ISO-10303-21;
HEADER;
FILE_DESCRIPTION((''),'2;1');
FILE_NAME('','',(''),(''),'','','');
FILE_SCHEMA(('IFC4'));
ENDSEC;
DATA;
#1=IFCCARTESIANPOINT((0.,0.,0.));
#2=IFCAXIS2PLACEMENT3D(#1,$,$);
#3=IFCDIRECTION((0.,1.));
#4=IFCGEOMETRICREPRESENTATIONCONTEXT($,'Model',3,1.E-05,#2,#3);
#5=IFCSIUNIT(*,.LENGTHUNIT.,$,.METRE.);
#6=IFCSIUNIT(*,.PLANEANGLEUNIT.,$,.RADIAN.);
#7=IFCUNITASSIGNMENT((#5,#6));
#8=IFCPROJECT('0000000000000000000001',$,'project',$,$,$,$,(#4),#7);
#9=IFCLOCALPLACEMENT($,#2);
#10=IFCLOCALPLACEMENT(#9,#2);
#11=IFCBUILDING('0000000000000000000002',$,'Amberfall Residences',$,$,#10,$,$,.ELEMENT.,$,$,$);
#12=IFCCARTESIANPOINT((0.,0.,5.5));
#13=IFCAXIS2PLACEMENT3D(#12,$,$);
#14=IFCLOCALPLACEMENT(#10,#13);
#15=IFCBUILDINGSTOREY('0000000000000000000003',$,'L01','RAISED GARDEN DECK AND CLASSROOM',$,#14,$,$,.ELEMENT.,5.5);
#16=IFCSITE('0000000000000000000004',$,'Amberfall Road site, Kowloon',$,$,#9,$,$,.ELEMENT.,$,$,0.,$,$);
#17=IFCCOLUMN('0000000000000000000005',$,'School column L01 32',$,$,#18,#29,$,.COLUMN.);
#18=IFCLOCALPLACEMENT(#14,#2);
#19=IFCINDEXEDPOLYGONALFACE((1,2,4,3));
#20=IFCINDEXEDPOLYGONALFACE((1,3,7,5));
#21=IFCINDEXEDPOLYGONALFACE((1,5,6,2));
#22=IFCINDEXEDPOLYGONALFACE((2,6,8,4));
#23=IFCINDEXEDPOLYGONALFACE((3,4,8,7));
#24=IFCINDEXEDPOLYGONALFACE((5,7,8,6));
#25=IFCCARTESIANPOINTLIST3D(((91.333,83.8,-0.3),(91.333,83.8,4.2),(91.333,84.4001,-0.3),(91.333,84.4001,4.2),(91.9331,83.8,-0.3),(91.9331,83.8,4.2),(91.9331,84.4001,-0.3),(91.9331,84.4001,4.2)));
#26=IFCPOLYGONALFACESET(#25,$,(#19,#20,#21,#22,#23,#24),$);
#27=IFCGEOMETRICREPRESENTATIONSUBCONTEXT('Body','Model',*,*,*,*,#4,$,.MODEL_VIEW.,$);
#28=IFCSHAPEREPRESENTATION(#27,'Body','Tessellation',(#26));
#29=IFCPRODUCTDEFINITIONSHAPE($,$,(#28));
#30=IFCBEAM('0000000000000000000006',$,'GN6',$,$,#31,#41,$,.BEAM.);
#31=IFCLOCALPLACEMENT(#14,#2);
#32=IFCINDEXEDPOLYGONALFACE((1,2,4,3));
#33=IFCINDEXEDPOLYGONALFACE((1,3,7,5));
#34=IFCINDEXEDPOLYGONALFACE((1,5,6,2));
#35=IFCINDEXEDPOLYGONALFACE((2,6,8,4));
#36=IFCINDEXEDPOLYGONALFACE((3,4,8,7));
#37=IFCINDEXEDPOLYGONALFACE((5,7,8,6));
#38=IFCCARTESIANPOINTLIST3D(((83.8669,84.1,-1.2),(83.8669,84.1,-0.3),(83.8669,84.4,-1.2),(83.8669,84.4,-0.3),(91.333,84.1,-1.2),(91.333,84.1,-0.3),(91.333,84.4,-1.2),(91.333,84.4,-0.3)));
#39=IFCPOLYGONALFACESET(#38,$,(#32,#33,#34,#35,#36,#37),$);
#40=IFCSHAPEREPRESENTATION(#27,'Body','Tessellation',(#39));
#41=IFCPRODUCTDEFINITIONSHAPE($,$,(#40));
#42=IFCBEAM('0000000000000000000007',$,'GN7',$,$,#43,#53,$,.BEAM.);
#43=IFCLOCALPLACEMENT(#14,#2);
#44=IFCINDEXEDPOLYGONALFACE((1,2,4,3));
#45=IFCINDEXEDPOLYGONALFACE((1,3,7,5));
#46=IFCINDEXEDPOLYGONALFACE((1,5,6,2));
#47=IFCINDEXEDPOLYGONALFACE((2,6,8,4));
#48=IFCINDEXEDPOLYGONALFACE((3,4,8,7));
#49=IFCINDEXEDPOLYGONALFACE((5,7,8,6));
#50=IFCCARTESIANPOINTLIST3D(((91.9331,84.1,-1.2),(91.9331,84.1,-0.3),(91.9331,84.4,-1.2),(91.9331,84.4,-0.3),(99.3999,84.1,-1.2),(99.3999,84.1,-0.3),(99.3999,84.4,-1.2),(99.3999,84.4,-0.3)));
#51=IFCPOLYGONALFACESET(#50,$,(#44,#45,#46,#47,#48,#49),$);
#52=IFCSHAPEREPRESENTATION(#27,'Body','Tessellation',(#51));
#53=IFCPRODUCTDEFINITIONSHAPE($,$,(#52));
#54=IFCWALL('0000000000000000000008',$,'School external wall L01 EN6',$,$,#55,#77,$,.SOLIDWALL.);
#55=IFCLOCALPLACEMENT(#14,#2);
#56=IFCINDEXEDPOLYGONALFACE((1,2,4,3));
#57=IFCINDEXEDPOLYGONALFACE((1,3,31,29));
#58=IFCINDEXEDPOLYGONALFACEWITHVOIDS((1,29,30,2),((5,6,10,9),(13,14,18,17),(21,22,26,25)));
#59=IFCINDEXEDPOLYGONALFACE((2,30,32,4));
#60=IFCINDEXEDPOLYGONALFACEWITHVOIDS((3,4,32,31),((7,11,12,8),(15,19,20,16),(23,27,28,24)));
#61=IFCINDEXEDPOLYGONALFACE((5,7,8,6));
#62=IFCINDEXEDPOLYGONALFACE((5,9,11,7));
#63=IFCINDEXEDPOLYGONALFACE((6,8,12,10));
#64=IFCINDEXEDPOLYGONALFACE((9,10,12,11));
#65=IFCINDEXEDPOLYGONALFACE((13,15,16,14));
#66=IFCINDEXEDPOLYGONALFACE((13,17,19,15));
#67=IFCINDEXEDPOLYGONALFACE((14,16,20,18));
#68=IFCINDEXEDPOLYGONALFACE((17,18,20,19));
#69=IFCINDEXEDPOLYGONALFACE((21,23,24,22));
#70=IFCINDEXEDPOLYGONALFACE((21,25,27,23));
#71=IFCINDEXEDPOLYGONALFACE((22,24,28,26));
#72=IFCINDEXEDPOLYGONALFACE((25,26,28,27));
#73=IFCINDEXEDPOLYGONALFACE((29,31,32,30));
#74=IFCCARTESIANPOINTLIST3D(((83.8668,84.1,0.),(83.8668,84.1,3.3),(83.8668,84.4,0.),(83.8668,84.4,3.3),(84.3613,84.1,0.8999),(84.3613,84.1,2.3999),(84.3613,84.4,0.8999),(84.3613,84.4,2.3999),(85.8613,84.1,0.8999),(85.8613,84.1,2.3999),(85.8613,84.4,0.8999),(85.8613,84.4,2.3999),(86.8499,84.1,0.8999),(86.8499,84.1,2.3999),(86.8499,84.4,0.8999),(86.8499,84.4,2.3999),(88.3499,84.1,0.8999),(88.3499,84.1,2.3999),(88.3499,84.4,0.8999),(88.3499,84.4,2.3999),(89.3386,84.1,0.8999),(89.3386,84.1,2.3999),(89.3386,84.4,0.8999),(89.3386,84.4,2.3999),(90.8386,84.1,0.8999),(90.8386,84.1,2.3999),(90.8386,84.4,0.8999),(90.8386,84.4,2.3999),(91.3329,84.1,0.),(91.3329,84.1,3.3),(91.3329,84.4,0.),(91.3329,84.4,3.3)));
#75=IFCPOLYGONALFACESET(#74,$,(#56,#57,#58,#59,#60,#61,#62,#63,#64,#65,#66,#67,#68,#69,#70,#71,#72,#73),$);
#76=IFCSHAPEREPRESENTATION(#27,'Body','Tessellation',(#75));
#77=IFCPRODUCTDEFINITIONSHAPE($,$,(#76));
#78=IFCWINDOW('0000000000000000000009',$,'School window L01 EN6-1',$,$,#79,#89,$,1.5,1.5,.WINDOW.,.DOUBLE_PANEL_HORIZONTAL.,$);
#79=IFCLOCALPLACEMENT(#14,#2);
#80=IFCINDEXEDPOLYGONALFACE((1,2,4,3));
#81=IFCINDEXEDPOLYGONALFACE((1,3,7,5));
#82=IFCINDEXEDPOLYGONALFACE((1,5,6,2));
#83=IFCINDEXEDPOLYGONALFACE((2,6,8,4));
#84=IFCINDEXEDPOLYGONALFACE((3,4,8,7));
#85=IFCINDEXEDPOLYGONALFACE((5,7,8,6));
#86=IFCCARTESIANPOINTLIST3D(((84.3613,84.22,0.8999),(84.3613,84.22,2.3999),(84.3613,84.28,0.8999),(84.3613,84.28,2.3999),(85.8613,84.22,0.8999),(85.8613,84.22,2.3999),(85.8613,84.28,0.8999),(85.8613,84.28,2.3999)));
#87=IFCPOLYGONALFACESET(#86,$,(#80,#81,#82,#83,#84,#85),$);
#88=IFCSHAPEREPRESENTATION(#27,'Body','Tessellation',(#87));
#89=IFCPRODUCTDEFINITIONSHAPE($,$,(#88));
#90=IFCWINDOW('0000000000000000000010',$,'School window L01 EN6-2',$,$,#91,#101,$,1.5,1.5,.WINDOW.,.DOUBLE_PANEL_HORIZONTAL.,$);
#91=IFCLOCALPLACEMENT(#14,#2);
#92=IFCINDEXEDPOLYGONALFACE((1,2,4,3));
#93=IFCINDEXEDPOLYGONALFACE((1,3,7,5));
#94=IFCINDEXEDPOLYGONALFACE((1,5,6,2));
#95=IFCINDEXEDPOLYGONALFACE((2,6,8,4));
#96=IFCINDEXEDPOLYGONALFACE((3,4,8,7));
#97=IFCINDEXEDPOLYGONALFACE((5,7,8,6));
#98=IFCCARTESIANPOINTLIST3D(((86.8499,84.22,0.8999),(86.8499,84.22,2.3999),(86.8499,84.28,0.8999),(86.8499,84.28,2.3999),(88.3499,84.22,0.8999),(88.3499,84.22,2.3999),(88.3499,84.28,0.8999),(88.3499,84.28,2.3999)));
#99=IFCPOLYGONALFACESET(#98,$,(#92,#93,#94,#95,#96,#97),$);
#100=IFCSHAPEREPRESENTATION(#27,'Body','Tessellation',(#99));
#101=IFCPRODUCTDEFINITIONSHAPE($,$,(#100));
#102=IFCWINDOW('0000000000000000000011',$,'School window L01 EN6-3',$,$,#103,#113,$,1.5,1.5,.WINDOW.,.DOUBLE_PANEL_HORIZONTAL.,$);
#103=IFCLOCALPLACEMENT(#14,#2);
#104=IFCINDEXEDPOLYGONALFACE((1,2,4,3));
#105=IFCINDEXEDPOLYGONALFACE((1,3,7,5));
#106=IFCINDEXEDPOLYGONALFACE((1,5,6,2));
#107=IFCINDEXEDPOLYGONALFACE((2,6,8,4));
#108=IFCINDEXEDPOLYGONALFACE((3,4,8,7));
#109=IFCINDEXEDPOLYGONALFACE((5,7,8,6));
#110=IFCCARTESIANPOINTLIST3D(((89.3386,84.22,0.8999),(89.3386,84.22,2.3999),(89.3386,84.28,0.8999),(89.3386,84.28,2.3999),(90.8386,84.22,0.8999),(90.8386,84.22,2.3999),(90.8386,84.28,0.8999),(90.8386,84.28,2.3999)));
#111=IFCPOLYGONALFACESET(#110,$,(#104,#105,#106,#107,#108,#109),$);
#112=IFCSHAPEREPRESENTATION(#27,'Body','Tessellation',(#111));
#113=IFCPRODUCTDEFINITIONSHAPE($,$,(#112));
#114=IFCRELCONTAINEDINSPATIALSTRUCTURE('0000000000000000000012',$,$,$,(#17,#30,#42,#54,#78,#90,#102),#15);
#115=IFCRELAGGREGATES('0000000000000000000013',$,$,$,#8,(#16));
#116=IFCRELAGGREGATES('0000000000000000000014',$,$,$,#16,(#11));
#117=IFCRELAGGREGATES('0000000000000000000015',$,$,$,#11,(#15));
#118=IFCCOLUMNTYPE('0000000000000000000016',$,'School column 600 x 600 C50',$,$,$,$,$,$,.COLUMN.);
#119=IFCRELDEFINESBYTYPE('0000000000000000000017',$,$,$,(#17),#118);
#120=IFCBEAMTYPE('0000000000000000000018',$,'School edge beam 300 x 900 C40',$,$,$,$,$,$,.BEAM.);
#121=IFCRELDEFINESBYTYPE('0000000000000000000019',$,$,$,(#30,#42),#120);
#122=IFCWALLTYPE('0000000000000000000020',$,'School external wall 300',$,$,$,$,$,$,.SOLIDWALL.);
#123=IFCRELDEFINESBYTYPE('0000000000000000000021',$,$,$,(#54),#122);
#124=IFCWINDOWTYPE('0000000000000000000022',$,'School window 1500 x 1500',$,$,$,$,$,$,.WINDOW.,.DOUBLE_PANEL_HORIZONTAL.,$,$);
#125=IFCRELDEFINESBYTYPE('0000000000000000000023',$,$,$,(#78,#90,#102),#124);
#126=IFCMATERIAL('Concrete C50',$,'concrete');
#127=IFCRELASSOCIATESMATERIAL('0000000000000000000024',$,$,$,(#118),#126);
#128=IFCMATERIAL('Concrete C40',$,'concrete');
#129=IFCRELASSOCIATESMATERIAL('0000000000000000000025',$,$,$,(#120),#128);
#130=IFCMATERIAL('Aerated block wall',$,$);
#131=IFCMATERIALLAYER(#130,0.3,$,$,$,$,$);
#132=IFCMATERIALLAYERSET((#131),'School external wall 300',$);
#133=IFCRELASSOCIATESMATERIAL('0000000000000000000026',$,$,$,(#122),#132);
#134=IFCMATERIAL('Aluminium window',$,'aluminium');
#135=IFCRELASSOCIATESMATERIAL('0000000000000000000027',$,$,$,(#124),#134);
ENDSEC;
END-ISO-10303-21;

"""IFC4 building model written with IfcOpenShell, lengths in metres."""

from ifc_helpers import new_model, si_unit, direction, frame, frame_2d, origin, origin_2d, place, context, subcontext, project, spatial, rectangle, extrude, material, layer, layer_set, material_profile, profile_set, type_object, element, fill, save


model = new_model("IFC4")

# Units and contexts
model_context = context("Model", 3, precision=1e-05, world=origin(), true_north=direction((0.0, 1.0)))
body_context = subcontext(model_context, "Body", "Model", "MODEL_VIEW")
ifc_project = project(units=[si_unit("LENGTHUNIT", "METRE"), si_unit("PLANEANGLEUNIT", "RADIAN")], contexts=[model_context])

# Site, building, storey
site_placement = place(None, origin())
site = spatial("IfcSite", under=ifc_project, at=site_placement, Name="Amberfall Road site, Kowloon", CompositionType="ELEMENT", RefElevation=0.0)
building_placement = place(site_placement, origin())
building = spatial("IfcBuilding", under=site, at=building_placement, Name="Amberfall Residences", CompositionType="ELEMENT")
storey_placement = place(building_placement, frame((0.0, 0.0, 5.5)))
storey = spatial("IfcBuildingStorey", under=building, at=storey_placement, Name="L01", Description="RAISED GARDEN DECK AND CLASSROOM", CompositionType="ELEMENT", Elevation=5.5)

# Column
ifc_material_1 = material(Name="Concrete C50", Category="concrete")
ifc_material_profile_1 = material_profile(ifc_material_1, rectangle(XDim=0.6001, YDim=0.6001, at=origin_2d()), Name="School column 600 x 600 C50")
ifc_profile_set_1 = profile_set([ifc_material_profile_1], Name="Concrete C50")
column_type = type_object("IfcColumnType", Name="School column 600 x 600 C50", PredefinedType="COLUMN", material=ifc_profile_set_1)
column_placement = place(storey_placement, frame((91.6331, 84.1001, -0.3), z_axis=(0.0, 0.0, 1.0), x_axis=(1.0, 0.0, 0.0)))
element("IfcColumn", 1, at=column_placement, inside=storey, type_object=column_type, Name="School column L01 32", PredefinedType="COLUMN", context=body_context, shape_type="SweptSolid", body=[
    extrude(rectangle(XDim=0.6001, YDim=0.6001, at=origin_2d()), origin(), (0.0, 0.0, 1.0), 4.5),
])

# Beams
ifc_material_2 = material(Name="Concrete C40", Category="concrete")
ifc_material_profile_2 = material_profile(ifc_material_2, rectangle(XDim=0.3, YDim=0.8999, at=origin_2d()), Name="School edge beam 300 x 900 C40")
ifc_profile_set_2 = profile_set([ifc_material_profile_2], Name="Concrete C40")
beam_type = type_object("IfcBeamType", Name="School edge beam 300 x 900 C40", PredefinedType="BEAM", material=ifc_profile_set_2)
beam_1_placement = place(storey_placement, frame((83.8669, 84.25, -0.75), z_axis=(1.0, 0.0, 0.0), x_axis=(0.0, 1.0, 0.0)))
element("IfcBeam", 2, at=beam_1_placement, inside=storey, type_object=beam_type, Name="GN6", PredefinedType="BEAM", context=body_context, shape_type="SweptSolid", body=[
    extrude(rectangle(XDim=0.3, YDim=0.8999, at=origin_2d()), origin(), (0.0, 0.0, 1.0), 7.4661),
])
beam_2_placement = place(storey_placement, frame((91.9331, 84.25, -0.75), z_axis=(1.0, 0.0, 0.0), x_axis=(0.0, 1.0, 0.0)))
element("IfcBeam", 3, at=beam_2_placement, inside=storey, type_object=beam_type, Name="GN7", PredefinedType="BEAM", context=body_context, shape_type="SweptSolid", body=[
    extrude(rectangle(XDim=0.3, YDim=0.8999, at=origin_2d()), origin(), (0.0, 0.0, 1.0), 7.4668),
])

# Wall, openings, windows
ifc_material_3 = material(Name="Aerated block wall")
ifc_layer_1 = layer(ifc_material_3, 0.3)
ifc_layer_set_1 = layer_set([ifc_layer_1], Name="School external wall 300")
wall_type_1 = type_object("IfcWallType", Name="School external wall 300", PredefinedType="SOLIDWALL", material=ifc_layer_set_1)
wall_1_placement = place(storey_placement, frame((83.8669, 84.25, 0.0), z_axis=(0.0, 0.0, 1.0), x_axis=(1.0, 0.0, 0.0)))
wall_1 = element("IfcWall", 4, at=wall_1_placement, inside=storey, type_object=wall_type_1, Name="School external wall L01 EN6", PredefinedType="SOLIDWALL", context=body_context, shape_type="SweptSolid", body=[
    extrude(rectangle(XDim=7.4661, YDim=0.3, at=frame_2d((3.7329, 0.0))), origin(), (0.0, 0.0, 1.0), 3.3),
])
opening_1_placement = place(wall_1_placement, frame((0.4944, 0.0, 0.8999)))
opening_1 = element("IfcOpeningElement", 5, at=opening_1_placement, cuts=wall_1, PredefinedType="OPENING", context=body_context, shape_type="SweptSolid", body=[
    extrude(rectangle(XDim=1.5, YDim=1.5, at=frame_2d((0.75, 0.75))), frame((0.0, 0.1599, 0.0), z_axis=(0.0, -1.0, 0.0), x_axis=(1.0, 0.0, 0.0)), (0.0, 0.0, 1.0), 0.3201),
])
opening_2_placement = place(wall_1_placement, frame((2.9829, 0.0, 0.8999)))
opening_2 = element("IfcOpeningElement", 6, at=opening_2_placement, cuts=wall_1, PredefinedType="OPENING", context=body_context, shape_type="SweptSolid", body=[
    extrude(rectangle(XDim=1.5, YDim=1.5, at=frame_2d((0.75, 0.75))), frame((0.0, 0.1599, 0.0), z_axis=(0.0, -1.0, 0.0), x_axis=(1.0, 0.0, 0.0)), (0.0, 0.0, 1.0), 0.3201),
])
opening_3_placement = place(wall_1_placement, frame((5.4717, 0.0, 0.8999)))
opening_3 = element("IfcOpeningElement", 7, at=opening_3_placement, cuts=wall_1, PredefinedType="OPENING", context=body_context, shape_type="SweptSolid", body=[
    extrude(rectangle(XDim=1.5, YDim=1.5, at=frame_2d((0.75, 0.75))), frame((0.0, 0.1599, 0.0), z_axis=(0.0, -1.0, 0.0), x_axis=(1.0, 0.0, 0.0)), (0.0, 0.0, 1.0), 0.3201),
])
ifc_material_4 = material(Name="Aluminium window", Category="aluminium")
window_type = type_object("IfcWindowType", Name="School window 1500 x 1500", PartitioningType="DOUBLE_PANEL_HORIZONTAL", PredefinedType="WINDOW", material=ifc_material_4)
window_1_placement = place(opening_1_placement, origin())
window_1 = element("IfcWindow", 8, at=window_1_placement, inside=storey, type_object=window_type, Name="School window L01 EN6-1", OverallHeight=1.5, OverallWidth=1.5, PartitioningType="DOUBLE_PANEL_HORIZONTAL", PredefinedType="WINDOW", context=body_context, shape_type="SweptSolid", body=[
    extrude(rectangle(XDim=1.5, YDim=1.5, at=frame_2d((0.75, 0.75))), frame((0.0, 0.03, 0.0), z_axis=(0.0, -1.0, 0.0), x_axis=(1.0, 0.0, 0.0)), (0.0, 0.0, 1.0), 0.0601),
])
fill(opening_1, window_1)
window_2_placement = place(opening_2_placement, origin())
window_2 = element("IfcWindow", 9, at=window_2_placement, inside=storey, type_object=window_type, Name="School window L01 EN6-2", OverallHeight=1.5, OverallWidth=1.5, PartitioningType="DOUBLE_PANEL_HORIZONTAL", PredefinedType="WINDOW", context=body_context, shape_type="SweptSolid", body=[
    extrude(rectangle(XDim=1.5, YDim=1.5, at=frame_2d((0.75, 0.75))), frame((0.0, 0.03, 0.0), z_axis=(0.0, -1.0, 0.0), x_axis=(1.0, 0.0, 0.0)), (0.0, 0.0, 1.0), 0.0601),
])
fill(opening_2, window_2)
window_3_placement = place(opening_3_placement, origin())
window_3 = element("IfcWindow", 10, at=window_3_placement, inside=storey, type_object=window_type, Name="School window L01 EN6-3", OverallHeight=1.5, OverallWidth=1.5, PartitioningType="DOUBLE_PANEL_HORIZONTAL", PredefinedType="WINDOW", context=body_context, shape_type="SweptSolid", body=[
    extrude(rectangle(XDim=1.5, YDim=1.5, at=frame_2d((0.75, 0.75))), frame((0.0, 0.03, 0.0), z_axis=(0.0, -1.0, 0.0), x_axis=(1.0, 0.0, 0.0)), (0.0, 0.0, 1.0), 0.0601),
])
fill(opening_3, window_3)

save(model, "model.ifc")
